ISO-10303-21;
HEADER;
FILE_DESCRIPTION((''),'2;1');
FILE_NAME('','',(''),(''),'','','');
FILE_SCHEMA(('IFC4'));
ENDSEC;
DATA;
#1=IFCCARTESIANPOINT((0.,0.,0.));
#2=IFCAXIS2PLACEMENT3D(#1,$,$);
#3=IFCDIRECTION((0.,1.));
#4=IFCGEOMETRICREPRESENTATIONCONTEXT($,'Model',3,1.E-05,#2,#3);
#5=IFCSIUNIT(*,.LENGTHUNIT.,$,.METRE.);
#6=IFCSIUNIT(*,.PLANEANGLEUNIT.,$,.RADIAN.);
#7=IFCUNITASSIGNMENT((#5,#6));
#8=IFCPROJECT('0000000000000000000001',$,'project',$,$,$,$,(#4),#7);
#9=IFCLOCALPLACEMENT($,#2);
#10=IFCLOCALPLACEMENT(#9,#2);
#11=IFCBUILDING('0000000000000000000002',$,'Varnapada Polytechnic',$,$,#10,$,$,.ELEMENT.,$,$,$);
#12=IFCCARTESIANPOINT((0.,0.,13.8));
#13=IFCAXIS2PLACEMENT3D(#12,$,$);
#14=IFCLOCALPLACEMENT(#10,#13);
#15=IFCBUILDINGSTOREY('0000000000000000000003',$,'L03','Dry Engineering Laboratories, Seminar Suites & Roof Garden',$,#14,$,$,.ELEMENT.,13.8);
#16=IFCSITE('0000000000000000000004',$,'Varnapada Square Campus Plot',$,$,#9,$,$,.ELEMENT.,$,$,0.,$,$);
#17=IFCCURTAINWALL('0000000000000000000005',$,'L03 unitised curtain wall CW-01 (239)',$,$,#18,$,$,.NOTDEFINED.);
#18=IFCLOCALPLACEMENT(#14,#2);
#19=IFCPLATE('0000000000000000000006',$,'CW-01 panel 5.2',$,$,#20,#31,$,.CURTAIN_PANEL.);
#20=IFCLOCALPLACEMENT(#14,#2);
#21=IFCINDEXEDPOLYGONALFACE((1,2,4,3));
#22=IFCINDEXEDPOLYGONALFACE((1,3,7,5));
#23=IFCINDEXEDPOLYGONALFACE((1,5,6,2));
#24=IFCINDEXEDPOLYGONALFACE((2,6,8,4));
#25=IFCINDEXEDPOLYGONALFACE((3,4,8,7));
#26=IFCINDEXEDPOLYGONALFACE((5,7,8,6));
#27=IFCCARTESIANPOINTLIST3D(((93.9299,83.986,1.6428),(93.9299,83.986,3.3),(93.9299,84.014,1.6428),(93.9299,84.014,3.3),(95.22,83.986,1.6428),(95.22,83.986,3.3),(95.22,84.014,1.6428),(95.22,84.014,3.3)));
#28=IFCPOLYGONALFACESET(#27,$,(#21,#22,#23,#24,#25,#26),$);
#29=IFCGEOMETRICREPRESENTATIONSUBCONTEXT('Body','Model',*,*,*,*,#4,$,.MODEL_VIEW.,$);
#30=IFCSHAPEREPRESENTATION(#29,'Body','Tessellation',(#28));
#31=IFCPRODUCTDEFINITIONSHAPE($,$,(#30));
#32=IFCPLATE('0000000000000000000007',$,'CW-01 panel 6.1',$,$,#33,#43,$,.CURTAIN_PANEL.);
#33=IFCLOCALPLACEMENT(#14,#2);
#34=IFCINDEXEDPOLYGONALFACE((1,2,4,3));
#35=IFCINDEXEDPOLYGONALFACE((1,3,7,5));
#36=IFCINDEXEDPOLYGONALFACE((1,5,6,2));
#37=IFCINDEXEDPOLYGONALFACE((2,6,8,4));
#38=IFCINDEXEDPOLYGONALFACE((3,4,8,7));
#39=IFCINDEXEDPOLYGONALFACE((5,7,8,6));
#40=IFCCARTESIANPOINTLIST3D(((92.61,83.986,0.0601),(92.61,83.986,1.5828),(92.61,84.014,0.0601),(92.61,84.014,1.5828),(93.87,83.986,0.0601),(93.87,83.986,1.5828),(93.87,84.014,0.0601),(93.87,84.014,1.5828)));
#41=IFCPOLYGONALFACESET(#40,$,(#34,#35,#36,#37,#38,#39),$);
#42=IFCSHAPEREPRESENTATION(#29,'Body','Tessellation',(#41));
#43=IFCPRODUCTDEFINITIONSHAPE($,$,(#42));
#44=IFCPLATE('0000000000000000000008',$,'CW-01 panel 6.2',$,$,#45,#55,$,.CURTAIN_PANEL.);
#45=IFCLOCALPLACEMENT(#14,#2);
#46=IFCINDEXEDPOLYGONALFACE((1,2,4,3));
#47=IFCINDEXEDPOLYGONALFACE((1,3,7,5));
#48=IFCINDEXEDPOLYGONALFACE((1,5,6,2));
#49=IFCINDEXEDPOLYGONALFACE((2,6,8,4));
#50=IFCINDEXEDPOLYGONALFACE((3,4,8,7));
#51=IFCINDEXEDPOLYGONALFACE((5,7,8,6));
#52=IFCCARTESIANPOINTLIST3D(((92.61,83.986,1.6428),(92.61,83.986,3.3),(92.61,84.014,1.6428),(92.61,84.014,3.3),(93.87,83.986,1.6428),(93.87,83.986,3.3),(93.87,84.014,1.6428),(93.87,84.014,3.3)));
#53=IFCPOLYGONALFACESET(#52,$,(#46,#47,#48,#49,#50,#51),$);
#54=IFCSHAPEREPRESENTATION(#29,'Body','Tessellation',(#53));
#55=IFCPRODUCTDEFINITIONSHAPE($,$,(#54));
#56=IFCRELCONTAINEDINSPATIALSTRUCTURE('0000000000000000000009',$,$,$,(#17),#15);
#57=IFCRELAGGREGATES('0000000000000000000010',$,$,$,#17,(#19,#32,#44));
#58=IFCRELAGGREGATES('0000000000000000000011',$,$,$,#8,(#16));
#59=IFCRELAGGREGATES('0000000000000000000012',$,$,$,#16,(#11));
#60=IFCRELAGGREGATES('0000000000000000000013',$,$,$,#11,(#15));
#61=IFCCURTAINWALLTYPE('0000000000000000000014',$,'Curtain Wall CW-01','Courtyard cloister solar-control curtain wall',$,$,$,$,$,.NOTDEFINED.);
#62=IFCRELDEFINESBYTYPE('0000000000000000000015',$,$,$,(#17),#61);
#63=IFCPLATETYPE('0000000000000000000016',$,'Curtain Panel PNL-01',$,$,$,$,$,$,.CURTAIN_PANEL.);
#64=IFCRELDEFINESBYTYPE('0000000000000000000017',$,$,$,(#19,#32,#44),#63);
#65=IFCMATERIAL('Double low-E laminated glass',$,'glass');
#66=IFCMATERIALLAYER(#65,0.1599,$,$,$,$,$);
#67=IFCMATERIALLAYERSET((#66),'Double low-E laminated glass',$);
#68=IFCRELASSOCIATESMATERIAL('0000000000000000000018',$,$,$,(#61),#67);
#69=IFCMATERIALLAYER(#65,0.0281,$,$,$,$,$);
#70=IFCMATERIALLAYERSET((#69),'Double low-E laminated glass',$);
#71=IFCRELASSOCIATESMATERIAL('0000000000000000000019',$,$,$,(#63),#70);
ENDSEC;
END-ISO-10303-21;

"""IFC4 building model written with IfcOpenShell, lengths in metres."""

from ifc_helpers import new_model, si_unit, direction, frame, origin, origin_2d, place, context, subcontext, project, spatial, rectangle, extrude, material, layer, layer_set, type_object, element, aggregate, save


model = new_model("IFC4")

# Units and contexts
model_context = context("Model", 3, precision=1e-05, world=origin(), true_north=direction((0.0, 1.0)))
body_context = subcontext(model_context, "Body", "Model", "MODEL_VIEW")
ifc_project = project(units=[si_unit("LENGTHUNIT", "METRE"), si_unit("PLANEANGLEUNIT", "RADIAN")], contexts=[model_context])

# Site, building, storey
site_placement = place(None, origin())
site = spatial("IfcSite", under=ifc_project, at=site_placement, Name="Varnapada Square Campus Plot", CompositionType="ELEMENT", RefElevation=0.0)
building_placement = place(site_placement, origin())
building = spatial("IfcBuilding", under=site, at=building_placement, Name="Varnapada Polytechnic", CompositionType="ELEMENT")
storey_placement = place(building_placement, frame((0.0, 0.0, 13.8)))
storey = spatial("IfcBuildingStorey", under=building, at=storey_placement, Name="L03", Description="Dry Engineering Laboratories, Seminar Suites & Roof Garden", CompositionType="ELEMENT", Elevation=13.8)

# Curtain wall
ifc_material_1 = material(Name="Double low-E laminated glass", Category="glass")
ifc_layer_1 = layer(ifc_material_1, 0.1599)
ifc_layer_set_1 = layer_set([ifc_layer_1], Name="Double low-E laminated glass")
curtain_wall_type = type_object("IfcCurtainWallType", Name="Curtain Wall CW-01", Description="Courtyard cloister solar-control curtain wall", PredefinedType="NOTDEFINED", material=ifc_layer_set_1)
curtain_wall_1_placement = place(storey_placement, origin())
curtain_wall_1 = element("IfcCurtainWall", 1, at=curtain_wall_1_placement, inside=storey, type_object=curtain_wall_type, Name="L03 unitised curtain wall CW-01 (239)", PredefinedType="NOTDEFINED")

# Plates
ifc_layer_2 = layer(ifc_material_1, 0.0281)
ifc_layer_set_2 = layer_set([ifc_layer_2], Name="Double low-E laminated glass")
plate_type = type_object("IfcPlateType", Name="Curtain Panel PNL-01", PredefinedType="CURTAIN_PANEL", material=ifc_layer_set_2)
plate_1_placement = place(storey_placement, frame((94.575, 84.0, 1.6428), z_axis=(0.0, 0.0, 1.0), x_axis=(-1.0, 0.0, 0.0)))
plate_1 = element("IfcPlate", 2, at=plate_1_placement, type_object=plate_type, Name="CW-01 panel 5.2", PredefinedType="CURTAIN_PANEL", context=body_context, shape_type="SweptSolid", body=[
    extrude(rectangle(XDim=1.29, YDim=0.0281, at=origin_2d()), origin(), (0.0, 0.0, 1.0), 1.6572),
])
plate_2_placement = place(storey_placement, frame((93.24, 84.0, 0.0601), z_axis=(0.0, 0.0, 1.0), x_axis=(-1.0, 0.0, 0.0)))
plate_2 = element("IfcPlate", 3, at=plate_2_placement, type_object=plate_type, Name="CW-01 panel 6.1", PredefinedType="CURTAIN_PANEL", context=body_context, shape_type="SweptSolid", body=[
    extrude(rectangle(XDim=1.26, YDim=0.0281, at=origin_2d()), origin(), (0.0, 0.0, 1.0), 1.5227),
])
plate_3_placement = place(storey_placement, frame((93.24, 84.0, 1.6428), z_axis=(0.0, 0.0, 1.0), x_axis=(-1.0, 0.0, 0.0)))
plate_3 = element("IfcPlate", 4, at=plate_3_placement, type_object=plate_type, Name="CW-01 panel 6.2", PredefinedType="CURTAIN_PANEL", context=body_context, shape_type="SweptSolid", body=[
    extrude(rectangle(XDim=1.26, YDim=0.0281, at=origin_2d()), origin(), (0.0, 0.0, 1.0), 1.6572),
])
aggregate(curtain_wall_1, [plate_1, plate_2, plate_3])

save(model, "model.ifc")
